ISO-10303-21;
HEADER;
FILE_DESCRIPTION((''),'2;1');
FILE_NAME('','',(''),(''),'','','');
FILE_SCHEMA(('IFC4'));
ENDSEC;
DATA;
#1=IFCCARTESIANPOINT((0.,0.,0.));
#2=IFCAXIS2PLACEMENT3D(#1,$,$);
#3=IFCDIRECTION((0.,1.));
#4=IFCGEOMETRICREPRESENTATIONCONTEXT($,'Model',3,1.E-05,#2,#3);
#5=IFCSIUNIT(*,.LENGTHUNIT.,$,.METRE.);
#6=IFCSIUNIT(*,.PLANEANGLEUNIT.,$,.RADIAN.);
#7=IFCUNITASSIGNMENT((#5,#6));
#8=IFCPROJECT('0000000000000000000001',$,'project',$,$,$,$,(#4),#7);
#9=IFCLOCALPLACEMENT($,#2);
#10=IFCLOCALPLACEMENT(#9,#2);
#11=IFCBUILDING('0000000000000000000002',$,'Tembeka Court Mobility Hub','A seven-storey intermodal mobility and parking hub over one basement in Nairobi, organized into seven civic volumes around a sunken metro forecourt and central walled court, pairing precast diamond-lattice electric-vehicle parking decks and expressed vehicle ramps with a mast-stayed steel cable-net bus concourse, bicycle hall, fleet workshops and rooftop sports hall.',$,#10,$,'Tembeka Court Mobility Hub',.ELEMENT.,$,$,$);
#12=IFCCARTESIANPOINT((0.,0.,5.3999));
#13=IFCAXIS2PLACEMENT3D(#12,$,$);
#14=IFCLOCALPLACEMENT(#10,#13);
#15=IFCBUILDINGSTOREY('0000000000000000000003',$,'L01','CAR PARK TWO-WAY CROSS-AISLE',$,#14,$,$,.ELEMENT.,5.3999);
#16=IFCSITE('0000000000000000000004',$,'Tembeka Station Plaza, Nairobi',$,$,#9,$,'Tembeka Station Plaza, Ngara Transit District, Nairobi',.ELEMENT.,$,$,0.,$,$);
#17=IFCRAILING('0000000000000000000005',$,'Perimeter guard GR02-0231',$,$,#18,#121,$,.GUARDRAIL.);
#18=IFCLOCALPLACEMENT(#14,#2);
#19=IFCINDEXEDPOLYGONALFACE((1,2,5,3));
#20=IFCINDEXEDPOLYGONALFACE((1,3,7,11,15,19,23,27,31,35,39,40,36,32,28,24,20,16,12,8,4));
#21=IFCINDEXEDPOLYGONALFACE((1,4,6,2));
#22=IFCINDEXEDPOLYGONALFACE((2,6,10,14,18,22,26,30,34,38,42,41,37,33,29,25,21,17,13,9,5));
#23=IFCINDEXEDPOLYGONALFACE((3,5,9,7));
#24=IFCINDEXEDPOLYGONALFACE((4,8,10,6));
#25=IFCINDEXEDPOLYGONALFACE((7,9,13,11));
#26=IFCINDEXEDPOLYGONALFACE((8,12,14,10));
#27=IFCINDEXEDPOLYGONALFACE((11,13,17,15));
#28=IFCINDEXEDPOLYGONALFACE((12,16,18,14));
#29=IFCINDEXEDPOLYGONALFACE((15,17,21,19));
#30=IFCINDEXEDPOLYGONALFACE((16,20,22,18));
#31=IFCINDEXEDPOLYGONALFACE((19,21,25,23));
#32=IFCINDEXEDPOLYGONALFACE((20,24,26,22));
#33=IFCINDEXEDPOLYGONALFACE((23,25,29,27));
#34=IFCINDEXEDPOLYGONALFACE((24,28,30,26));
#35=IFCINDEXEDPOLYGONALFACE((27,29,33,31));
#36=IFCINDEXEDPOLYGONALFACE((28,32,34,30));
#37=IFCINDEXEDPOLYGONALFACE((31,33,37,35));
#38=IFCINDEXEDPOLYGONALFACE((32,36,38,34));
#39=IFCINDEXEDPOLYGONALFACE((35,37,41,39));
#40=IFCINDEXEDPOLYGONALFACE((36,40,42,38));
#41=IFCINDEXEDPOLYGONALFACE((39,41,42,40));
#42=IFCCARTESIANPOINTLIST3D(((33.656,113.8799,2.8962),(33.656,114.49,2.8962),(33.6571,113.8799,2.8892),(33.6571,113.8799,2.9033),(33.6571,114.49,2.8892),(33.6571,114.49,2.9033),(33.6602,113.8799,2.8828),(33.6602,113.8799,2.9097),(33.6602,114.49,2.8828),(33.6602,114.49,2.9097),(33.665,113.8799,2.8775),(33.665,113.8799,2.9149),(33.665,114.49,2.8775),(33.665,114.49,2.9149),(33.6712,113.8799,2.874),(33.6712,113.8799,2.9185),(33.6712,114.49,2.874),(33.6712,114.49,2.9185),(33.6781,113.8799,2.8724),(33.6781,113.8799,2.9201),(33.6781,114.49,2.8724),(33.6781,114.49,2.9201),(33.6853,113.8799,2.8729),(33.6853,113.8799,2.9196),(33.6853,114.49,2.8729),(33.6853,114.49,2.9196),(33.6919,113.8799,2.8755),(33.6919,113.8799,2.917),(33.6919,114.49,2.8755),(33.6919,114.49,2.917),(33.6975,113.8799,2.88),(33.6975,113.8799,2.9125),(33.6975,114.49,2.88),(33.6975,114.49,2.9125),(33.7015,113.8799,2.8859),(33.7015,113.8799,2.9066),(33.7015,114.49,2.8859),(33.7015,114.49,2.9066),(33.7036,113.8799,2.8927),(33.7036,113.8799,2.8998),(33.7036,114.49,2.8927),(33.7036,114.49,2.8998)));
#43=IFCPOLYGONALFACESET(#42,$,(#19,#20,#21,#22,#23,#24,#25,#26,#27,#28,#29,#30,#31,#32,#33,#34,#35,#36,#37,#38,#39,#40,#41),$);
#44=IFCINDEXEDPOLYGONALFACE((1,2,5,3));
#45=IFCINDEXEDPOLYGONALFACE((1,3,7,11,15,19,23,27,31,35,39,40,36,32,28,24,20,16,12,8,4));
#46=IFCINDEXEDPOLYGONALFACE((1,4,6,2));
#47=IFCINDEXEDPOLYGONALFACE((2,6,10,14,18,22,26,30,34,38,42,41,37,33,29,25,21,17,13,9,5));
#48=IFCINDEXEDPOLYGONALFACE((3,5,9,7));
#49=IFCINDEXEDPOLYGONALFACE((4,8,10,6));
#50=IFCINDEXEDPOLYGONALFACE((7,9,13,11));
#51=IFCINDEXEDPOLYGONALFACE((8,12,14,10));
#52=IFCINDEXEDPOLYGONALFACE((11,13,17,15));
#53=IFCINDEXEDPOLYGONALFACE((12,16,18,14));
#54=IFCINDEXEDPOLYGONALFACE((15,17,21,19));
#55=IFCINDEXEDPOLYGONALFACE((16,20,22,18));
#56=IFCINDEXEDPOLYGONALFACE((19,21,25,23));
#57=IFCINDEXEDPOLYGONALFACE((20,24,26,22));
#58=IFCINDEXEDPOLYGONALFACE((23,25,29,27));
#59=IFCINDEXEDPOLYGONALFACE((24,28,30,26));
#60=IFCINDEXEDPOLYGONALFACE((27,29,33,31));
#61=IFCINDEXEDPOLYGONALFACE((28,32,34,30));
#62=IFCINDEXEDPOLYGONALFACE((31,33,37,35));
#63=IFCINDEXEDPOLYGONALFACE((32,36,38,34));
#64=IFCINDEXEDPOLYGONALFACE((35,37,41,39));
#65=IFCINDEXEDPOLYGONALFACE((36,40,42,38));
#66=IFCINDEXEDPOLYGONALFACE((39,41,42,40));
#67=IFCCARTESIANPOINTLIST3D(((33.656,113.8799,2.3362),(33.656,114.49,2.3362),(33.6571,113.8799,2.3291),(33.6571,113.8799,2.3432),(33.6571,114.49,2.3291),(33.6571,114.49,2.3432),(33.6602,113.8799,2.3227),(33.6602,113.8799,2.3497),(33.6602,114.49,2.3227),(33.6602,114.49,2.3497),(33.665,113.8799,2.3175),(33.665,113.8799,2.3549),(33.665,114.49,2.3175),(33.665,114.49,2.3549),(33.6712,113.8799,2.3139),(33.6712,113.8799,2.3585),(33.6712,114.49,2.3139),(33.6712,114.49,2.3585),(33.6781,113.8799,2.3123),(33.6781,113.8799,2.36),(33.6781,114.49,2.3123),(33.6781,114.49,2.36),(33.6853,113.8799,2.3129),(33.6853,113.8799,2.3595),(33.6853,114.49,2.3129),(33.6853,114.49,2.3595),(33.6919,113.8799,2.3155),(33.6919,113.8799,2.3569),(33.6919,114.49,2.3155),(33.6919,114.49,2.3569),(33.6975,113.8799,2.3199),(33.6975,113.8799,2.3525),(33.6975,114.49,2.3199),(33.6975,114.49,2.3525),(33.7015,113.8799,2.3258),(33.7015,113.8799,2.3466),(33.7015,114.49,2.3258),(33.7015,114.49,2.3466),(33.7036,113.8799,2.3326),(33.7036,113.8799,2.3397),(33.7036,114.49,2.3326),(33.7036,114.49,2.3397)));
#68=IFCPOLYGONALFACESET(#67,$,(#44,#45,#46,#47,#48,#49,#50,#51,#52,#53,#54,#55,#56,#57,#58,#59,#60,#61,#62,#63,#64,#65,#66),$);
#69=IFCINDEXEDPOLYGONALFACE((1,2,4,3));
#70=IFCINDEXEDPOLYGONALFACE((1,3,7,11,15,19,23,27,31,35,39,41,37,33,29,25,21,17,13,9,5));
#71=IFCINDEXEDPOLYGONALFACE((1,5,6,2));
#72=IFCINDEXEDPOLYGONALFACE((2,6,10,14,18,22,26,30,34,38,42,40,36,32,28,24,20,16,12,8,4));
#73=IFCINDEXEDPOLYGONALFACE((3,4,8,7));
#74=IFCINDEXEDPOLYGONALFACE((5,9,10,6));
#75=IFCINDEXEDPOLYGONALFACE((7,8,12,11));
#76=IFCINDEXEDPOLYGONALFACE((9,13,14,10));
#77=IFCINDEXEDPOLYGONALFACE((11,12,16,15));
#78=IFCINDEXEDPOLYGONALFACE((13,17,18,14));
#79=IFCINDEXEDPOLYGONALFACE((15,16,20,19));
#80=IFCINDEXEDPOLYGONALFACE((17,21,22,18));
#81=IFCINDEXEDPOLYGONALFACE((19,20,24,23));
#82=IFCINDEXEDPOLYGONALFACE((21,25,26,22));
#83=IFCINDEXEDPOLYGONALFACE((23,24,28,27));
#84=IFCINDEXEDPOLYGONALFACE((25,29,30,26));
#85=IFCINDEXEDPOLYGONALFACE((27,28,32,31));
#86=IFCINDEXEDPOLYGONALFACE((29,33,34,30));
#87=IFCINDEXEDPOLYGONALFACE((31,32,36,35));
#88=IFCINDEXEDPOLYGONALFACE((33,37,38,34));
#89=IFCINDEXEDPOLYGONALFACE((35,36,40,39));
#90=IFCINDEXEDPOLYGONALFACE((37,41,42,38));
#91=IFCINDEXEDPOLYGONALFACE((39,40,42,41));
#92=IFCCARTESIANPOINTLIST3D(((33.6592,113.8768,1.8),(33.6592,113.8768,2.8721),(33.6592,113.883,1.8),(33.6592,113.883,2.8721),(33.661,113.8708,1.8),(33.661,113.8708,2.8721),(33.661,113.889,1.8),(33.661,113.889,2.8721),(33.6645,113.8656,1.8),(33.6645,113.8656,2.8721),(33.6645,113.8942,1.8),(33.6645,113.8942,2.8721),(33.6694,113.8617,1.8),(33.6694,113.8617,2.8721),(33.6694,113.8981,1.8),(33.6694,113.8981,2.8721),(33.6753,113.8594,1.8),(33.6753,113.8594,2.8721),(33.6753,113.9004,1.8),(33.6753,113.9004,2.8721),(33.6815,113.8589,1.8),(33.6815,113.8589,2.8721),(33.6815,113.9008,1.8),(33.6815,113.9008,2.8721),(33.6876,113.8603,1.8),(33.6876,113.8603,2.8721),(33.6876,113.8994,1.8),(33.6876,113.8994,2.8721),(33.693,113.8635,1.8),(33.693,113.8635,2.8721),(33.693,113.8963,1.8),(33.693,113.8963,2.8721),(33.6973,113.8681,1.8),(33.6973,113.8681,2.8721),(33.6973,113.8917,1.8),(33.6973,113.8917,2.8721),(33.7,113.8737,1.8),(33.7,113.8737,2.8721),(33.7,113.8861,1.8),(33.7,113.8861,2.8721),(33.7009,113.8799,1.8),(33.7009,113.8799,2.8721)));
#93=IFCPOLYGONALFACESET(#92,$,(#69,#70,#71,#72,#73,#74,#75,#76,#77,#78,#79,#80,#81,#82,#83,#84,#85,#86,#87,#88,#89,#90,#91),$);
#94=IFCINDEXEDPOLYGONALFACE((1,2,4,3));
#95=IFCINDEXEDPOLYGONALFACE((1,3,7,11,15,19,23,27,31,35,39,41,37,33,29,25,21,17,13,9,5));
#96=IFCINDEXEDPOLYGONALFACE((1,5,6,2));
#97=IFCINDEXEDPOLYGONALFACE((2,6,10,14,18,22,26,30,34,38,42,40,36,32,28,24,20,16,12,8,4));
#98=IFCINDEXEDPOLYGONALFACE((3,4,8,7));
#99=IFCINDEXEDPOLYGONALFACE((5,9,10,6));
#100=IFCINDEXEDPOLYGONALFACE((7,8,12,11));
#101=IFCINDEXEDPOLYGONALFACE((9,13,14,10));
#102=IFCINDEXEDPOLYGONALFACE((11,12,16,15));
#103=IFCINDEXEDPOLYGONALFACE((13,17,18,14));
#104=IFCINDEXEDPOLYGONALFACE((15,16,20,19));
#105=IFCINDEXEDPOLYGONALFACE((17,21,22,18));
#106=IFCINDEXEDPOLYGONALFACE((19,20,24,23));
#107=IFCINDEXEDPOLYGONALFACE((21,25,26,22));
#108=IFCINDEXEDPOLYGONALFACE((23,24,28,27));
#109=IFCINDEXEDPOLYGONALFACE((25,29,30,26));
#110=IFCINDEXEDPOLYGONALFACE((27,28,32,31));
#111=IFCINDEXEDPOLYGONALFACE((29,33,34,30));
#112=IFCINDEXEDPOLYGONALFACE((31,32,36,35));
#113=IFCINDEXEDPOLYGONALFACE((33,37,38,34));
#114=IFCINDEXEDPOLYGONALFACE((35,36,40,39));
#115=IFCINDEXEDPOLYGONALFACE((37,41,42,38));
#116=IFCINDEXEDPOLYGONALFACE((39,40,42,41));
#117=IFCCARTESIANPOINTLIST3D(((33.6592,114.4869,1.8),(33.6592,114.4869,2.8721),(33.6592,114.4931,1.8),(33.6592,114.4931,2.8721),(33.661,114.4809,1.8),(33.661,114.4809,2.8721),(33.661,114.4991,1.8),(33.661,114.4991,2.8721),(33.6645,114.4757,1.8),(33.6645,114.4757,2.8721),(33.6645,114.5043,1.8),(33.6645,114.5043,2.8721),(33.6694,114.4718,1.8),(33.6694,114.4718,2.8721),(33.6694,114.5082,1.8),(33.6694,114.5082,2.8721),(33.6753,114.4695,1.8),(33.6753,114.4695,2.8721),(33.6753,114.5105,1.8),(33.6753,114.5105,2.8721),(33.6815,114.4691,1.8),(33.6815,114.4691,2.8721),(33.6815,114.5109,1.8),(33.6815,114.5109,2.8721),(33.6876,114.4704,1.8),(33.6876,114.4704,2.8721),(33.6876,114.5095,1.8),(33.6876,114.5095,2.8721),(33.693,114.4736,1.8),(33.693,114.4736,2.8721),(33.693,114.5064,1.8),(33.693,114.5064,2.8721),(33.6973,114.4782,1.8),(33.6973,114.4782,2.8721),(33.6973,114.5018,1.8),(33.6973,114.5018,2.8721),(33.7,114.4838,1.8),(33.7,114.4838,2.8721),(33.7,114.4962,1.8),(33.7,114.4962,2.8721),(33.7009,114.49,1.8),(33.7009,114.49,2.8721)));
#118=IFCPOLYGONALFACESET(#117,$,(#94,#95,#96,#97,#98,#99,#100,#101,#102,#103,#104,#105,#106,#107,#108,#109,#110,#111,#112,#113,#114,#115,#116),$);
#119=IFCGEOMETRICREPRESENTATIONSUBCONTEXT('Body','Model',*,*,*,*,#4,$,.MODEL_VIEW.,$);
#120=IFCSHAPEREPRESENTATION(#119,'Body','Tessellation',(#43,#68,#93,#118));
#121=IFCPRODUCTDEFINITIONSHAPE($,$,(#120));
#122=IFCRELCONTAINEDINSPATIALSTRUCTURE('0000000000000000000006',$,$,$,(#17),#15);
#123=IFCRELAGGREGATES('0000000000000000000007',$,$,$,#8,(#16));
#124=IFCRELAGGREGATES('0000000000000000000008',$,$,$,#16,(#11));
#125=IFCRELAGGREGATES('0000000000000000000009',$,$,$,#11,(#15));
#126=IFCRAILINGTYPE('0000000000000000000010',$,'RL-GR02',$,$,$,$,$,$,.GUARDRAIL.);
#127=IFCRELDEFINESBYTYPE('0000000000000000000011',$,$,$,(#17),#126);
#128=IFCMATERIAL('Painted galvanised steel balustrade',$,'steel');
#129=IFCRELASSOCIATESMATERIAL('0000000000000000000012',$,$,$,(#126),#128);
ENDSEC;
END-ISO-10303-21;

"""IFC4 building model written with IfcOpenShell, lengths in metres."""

from ifc_helpers import new_model, si_unit, direction, frame, origin, origin_2d, place, context, subcontext, project, spatial, circle, extrude, material, type_object, element, save


model = new_model("IFC4")

# Units and contexts
model_context = context("Model", 3, precision=1e-05, world=origin(), true_north=direction((0.0, 1.0)))
body_context = subcontext(model_context, "Body", "Model", "MODEL_VIEW")
ifc_project = project(units=[si_unit("LENGTHUNIT", "METRE"), si_unit("PLANEANGLEUNIT", "RADIAN")], contexts=[model_context])

# Site, building, storey
site_placement = place(None, origin())
site = spatial("IfcSite", under=ifc_project, at=site_placement, Name="Tembeka Station Plaza, Nairobi", LongName="Tembeka Station Plaza, Ngara Transit District, Nairobi", CompositionType="ELEMENT", RefElevation=0.0)
building_placement = place(site_placement, origin())
building = spatial("IfcBuilding", under=site, at=building_placement, Name="Tembeka Court Mobility Hub", Description="A seven-storey intermodal mobility and parking hub over one basement in Nairobi, organized into seven civic volumes around a sunken metro forecourt and central walled court, pairing precast diamond-lattice electric-vehicle parking decks and expressed vehicle ramps with a mast-stayed steel cable-net bus concourse, bicycle hall, fleet workshops and rooftop sports hall.", LongName="Tembeka Court Mobility Hub", CompositionType="ELEMENT")
storey_placement = place(building_placement, frame((0.0, 0.0, 5.3999)))
storey = spatial("IfcBuildingStorey", under=building, at=storey_placement, Name="L01", Description="CAR PARK TWO-WAY CROSS-AISLE", CompositionType="ELEMENT", Elevation=5.3999)

# Railing
ifc_material_1 = material(Name="Painted galvanised steel balustrade", Category="steel")
railing_type = type_object("IfcRailingType", Name="RL-GR02", PredefinedType="GUARDRAIL", material=ifc_material_1)
railing_1_placement = place(storey_placement, frame((33.6799, 113.8799, 1.8)))
element("IfcRailing", 1, at=railing_1_placement, inside=storey, type_object=railing_type, Name="Perimeter guard GR02-0231", PredefinedType="GUARDRAIL", context=body_context, shape_type="SweptSolid", body=[
    extrude(circle(Radius=0.0239, at=origin_2d()), frame((0.0, 0.0, 1.0962), z_axis=(0.0, 1.0, 0.0), x_axis=(-1.0, 0.0, 0.0)), (0.0, 0.0, 1.0), 0.6101),
    extrude(circle(Radius=0.0239, at=origin_2d()), frame((0.0, 0.0, 0.5361), z_axis=(0.0, 1.0, 0.0), x_axis=(-1.0, 0.0, 0.0)), (0.0, 0.0, 1.0), 0.6101),
    extrude(circle(Radius=0.021, at=origin_2d()), origin(), (0.0, 0.0, 1.0), 1.072),
    extrude(circle(Radius=0.021, at=origin_2d()), frame((0.0, 0.6101, 0.0)), (0.0, 0.0, 1.0), 1.072),
])

save(model, "model.ifc")
